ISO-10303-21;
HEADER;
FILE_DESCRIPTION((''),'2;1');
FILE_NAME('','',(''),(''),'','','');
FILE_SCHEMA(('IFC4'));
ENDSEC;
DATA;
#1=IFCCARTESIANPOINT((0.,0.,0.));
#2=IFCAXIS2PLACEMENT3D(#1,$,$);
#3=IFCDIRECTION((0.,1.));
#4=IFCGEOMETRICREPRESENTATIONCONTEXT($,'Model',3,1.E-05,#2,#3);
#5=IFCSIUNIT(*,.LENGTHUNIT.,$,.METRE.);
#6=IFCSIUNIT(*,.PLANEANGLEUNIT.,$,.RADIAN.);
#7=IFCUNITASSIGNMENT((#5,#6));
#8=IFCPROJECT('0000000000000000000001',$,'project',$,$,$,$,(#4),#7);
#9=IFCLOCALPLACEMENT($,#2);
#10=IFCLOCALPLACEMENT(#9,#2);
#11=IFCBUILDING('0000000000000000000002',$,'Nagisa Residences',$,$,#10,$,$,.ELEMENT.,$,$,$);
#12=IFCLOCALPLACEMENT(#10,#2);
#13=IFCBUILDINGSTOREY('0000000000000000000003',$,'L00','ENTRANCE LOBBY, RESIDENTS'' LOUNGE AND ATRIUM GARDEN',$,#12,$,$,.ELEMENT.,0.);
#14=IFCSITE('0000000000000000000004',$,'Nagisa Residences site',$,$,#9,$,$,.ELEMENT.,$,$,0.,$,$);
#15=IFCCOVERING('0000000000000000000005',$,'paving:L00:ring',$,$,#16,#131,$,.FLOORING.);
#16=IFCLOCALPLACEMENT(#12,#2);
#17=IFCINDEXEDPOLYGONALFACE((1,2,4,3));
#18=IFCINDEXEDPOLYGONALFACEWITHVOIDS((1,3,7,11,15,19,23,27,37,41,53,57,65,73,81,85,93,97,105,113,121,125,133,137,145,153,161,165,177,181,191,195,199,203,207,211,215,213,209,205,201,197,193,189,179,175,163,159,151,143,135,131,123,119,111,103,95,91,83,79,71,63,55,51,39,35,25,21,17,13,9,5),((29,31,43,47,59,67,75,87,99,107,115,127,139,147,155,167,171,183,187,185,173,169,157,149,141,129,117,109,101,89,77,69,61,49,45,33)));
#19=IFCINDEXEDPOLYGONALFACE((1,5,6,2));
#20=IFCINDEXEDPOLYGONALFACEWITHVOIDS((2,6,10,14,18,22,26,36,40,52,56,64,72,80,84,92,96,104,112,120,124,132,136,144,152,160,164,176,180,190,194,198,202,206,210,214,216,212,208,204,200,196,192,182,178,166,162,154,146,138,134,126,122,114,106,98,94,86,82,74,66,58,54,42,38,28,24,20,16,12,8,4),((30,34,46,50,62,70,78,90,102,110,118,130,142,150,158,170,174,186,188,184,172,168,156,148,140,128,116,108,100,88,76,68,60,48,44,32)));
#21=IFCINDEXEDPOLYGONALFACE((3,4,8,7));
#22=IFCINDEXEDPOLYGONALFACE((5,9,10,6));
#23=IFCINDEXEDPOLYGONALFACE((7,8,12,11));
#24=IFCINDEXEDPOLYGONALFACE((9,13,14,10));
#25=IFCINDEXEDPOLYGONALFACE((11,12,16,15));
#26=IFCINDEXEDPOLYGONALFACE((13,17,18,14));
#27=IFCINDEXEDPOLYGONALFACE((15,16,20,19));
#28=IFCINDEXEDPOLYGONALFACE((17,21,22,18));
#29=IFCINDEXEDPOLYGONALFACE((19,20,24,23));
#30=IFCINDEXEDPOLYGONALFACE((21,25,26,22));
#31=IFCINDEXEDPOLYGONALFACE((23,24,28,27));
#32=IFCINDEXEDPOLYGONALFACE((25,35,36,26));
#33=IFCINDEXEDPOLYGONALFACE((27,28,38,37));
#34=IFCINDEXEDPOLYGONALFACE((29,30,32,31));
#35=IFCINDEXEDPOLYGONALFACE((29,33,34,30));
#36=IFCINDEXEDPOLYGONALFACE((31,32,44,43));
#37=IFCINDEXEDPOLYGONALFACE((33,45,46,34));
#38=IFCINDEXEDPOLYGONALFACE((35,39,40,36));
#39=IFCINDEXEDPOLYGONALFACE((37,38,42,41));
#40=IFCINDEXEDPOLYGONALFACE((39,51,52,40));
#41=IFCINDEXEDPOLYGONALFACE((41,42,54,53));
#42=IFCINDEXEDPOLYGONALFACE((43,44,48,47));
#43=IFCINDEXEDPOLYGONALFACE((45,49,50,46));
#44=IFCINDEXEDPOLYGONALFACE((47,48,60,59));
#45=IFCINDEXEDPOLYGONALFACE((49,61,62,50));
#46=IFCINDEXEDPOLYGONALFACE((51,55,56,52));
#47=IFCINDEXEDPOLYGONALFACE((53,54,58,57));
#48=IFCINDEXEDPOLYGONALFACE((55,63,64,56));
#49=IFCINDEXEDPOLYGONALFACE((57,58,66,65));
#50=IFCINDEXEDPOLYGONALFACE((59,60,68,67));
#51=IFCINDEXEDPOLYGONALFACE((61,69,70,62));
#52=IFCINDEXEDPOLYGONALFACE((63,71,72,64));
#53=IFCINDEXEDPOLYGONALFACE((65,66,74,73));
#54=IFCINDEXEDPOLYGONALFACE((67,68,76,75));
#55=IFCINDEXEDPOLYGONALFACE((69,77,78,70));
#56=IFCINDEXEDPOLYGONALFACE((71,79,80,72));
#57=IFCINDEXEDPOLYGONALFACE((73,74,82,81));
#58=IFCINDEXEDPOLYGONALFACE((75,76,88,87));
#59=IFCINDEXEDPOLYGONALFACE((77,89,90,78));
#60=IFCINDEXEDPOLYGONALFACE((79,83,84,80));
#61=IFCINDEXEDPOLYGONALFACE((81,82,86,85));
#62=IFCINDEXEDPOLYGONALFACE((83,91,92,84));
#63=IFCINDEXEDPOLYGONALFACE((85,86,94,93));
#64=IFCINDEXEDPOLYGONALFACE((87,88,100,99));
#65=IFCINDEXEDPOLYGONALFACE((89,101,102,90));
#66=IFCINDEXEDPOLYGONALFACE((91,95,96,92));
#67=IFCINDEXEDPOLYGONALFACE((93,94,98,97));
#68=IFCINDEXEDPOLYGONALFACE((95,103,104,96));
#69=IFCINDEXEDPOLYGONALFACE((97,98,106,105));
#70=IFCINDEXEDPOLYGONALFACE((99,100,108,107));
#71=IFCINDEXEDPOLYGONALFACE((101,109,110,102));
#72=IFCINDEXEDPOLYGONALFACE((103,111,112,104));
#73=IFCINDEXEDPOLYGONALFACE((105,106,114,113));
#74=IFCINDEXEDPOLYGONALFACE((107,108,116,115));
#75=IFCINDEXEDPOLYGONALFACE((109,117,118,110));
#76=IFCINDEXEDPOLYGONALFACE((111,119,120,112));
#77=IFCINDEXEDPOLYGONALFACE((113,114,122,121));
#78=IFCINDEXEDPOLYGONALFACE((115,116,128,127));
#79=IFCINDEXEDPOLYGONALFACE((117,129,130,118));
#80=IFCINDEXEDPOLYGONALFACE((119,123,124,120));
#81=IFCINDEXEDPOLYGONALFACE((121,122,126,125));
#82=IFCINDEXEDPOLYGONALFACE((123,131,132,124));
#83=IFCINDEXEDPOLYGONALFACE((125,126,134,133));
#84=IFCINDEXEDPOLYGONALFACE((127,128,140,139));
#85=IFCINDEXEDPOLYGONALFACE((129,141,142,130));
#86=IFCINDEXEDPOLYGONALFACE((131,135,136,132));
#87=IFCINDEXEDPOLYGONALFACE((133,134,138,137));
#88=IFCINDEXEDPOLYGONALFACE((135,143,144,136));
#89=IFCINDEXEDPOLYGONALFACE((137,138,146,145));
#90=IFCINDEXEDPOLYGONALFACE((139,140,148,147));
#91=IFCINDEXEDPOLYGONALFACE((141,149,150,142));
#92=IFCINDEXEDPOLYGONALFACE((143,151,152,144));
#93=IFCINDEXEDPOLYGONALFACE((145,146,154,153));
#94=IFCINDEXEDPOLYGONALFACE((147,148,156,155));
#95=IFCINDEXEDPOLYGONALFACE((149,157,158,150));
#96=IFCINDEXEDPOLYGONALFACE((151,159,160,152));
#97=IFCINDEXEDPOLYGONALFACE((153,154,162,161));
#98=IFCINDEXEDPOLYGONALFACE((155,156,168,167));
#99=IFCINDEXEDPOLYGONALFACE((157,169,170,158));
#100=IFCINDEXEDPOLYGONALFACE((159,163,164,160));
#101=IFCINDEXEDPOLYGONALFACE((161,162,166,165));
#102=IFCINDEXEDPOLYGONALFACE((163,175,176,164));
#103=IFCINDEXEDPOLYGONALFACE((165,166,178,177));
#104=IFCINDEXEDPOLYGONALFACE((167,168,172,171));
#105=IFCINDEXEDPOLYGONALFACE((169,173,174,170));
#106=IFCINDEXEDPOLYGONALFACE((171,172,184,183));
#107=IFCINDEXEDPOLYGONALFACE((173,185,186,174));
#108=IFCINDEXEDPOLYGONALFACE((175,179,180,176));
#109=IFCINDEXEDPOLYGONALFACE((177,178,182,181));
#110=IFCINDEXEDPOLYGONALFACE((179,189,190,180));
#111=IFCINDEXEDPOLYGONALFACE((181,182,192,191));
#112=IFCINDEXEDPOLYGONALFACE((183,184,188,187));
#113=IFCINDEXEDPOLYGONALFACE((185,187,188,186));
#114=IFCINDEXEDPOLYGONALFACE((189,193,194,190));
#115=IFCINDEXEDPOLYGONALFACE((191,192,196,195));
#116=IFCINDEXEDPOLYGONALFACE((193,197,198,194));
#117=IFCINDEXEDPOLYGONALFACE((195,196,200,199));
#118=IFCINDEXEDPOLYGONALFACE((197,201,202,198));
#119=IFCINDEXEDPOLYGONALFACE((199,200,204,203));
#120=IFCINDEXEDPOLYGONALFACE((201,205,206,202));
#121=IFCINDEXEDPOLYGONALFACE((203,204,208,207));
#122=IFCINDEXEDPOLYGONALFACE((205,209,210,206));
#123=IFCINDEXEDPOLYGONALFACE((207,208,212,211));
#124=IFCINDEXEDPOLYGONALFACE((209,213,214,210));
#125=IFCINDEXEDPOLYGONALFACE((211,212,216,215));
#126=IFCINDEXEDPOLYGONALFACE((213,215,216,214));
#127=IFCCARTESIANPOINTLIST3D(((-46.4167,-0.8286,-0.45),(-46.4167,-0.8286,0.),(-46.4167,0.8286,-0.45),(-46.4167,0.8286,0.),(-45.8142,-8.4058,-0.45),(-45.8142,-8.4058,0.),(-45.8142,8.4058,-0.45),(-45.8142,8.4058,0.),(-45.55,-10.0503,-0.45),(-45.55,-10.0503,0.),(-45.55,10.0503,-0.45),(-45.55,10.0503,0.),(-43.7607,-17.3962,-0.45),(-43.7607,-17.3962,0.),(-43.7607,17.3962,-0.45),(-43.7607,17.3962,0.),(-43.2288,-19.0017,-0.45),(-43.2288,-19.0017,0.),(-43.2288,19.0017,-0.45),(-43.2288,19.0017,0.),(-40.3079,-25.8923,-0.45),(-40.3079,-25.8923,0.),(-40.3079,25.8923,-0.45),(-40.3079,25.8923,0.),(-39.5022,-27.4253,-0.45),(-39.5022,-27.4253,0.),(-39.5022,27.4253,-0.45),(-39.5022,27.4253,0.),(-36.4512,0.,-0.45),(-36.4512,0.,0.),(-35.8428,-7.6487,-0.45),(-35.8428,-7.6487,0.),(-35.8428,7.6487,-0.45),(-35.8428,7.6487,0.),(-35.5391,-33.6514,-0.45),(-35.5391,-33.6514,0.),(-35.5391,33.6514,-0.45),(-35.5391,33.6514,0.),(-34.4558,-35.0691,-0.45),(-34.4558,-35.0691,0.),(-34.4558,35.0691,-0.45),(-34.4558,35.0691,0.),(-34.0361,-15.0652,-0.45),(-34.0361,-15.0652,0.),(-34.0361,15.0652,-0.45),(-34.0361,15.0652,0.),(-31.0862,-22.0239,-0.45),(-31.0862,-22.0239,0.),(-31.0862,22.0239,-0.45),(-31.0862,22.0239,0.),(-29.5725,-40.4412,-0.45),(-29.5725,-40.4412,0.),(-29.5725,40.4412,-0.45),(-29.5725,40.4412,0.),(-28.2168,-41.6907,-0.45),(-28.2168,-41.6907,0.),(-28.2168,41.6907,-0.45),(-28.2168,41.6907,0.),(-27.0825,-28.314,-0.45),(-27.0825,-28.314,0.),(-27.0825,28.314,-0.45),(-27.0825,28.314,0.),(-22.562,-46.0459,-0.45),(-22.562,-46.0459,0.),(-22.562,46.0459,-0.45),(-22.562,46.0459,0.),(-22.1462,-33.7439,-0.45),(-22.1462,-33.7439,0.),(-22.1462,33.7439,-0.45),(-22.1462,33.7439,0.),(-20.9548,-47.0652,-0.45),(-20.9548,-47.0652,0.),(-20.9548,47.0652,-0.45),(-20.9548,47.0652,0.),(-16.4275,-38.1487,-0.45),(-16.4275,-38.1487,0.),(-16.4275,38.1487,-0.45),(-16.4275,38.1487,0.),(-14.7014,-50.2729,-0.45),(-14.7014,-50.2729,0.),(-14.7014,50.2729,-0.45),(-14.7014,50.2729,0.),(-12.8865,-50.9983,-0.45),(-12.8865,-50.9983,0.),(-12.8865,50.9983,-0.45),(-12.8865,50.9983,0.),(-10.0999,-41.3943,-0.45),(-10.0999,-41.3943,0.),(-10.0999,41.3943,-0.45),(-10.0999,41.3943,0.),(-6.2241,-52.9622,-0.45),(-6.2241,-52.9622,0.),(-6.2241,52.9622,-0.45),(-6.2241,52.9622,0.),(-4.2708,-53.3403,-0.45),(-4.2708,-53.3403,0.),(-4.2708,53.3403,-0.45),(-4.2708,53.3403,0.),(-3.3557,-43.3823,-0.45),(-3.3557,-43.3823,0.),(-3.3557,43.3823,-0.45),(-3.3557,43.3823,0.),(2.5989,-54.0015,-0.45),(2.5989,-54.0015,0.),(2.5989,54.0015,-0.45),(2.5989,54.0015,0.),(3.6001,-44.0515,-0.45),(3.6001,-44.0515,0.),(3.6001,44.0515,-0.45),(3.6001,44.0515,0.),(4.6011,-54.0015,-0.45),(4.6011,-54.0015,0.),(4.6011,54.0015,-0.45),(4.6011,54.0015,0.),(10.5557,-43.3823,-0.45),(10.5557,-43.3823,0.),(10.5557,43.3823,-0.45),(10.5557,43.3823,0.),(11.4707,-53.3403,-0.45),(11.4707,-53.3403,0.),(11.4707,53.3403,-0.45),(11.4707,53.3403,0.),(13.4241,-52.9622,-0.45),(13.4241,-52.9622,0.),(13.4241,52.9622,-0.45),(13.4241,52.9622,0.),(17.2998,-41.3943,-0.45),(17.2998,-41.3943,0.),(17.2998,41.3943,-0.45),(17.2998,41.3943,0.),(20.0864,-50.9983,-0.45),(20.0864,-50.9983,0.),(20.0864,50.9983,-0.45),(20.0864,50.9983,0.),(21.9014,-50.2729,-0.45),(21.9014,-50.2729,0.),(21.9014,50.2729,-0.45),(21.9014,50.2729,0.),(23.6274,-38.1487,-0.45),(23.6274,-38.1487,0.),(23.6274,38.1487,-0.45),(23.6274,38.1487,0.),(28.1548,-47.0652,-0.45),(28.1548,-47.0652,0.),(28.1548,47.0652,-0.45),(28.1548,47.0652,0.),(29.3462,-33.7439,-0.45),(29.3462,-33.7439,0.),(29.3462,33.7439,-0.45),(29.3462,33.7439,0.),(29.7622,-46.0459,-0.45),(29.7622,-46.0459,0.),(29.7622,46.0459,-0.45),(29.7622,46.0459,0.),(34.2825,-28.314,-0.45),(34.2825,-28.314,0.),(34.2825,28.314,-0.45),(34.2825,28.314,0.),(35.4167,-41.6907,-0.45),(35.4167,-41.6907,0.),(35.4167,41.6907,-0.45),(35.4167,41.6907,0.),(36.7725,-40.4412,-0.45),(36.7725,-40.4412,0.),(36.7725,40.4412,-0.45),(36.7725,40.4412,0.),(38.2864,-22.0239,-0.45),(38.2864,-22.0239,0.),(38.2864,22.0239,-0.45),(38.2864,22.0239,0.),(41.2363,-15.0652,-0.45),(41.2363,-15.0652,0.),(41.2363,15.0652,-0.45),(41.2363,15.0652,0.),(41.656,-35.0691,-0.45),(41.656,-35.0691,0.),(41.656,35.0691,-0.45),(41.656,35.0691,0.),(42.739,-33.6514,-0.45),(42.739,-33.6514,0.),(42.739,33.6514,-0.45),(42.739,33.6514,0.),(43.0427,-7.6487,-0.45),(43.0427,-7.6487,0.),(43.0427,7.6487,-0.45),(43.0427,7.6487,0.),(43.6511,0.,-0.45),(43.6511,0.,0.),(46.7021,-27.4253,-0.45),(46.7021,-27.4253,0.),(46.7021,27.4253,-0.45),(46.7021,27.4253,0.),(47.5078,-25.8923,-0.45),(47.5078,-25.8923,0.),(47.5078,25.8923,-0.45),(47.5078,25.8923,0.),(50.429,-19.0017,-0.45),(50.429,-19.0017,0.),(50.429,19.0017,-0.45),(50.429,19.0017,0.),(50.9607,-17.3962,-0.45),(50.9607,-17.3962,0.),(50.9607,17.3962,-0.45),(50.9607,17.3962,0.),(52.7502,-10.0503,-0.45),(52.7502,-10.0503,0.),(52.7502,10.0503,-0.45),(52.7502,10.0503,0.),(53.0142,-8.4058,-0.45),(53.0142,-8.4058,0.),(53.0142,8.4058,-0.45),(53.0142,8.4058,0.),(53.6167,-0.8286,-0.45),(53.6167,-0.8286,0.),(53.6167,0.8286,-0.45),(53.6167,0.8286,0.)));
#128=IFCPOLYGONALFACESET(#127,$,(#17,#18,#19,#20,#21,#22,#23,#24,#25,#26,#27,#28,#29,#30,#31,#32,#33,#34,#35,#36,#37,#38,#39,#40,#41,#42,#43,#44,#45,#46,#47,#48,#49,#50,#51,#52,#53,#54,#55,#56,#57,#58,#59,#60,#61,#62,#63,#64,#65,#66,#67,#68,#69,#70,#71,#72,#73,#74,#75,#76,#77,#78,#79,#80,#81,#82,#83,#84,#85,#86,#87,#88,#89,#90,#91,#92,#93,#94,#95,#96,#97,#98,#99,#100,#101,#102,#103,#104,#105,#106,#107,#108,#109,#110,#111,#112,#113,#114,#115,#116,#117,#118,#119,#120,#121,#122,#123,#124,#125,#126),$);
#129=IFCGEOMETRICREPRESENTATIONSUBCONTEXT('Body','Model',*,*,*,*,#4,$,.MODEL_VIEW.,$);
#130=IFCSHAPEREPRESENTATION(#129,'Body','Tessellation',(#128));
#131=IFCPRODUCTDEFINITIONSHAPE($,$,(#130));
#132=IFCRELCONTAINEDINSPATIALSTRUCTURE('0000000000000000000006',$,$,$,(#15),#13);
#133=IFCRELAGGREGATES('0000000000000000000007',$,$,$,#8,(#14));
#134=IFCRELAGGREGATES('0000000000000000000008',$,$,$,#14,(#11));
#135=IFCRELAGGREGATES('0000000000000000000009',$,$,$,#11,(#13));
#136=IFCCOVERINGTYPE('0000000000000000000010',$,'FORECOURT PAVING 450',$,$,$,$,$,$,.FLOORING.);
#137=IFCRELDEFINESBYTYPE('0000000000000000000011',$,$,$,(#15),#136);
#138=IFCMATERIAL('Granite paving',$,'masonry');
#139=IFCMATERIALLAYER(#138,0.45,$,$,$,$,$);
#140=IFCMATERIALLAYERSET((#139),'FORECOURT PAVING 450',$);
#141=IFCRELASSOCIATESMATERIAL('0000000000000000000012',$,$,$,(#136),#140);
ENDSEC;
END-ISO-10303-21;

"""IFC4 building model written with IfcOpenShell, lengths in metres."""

from ifc_helpers import new_model, si_unit, direction, frame, origin, place, context, subcontext, project, spatial, polyline, outline, extrude, material, layer, layer_set, type_object, element, save


model = new_model("IFC4")

# Units and contexts
model_context = context("Model", 3, precision=1e-05, world=origin(), true_north=direction((0.0, 1.0)))
body_context = subcontext(model_context, "Body", "Model", "MODEL_VIEW")
ifc_project = project(units=[si_unit("LENGTHUNIT", "METRE"), si_unit("PLANEANGLEUNIT", "RADIAN")], contexts=[model_context])

# Site, building, storey
site_placement = place(None, origin())
site = spatial("IfcSite", under=ifc_project, at=site_placement, Name="Nagisa Residences site", CompositionType="ELEMENT", RefElevation=0.0)
building_placement = place(site_placement, origin())
building = spatial("IfcBuilding", under=site, at=building_placement, Name="Nagisa Residences", CompositionType="ELEMENT")
storey_placement = place(building_placement, origin())
storey = spatial("IfcBuildingStorey", under=building, at=storey_placement, Name="L00", Description="ENTRANCE LOBBY, RESIDENTS' LOUNGE AND ATRIUM GARDEN", CompositionType="ELEMENT", Elevation=0.0)

# Covering
ifc_material_1 = material(Name="Granite paving", Category="masonry")
ifc_layer_1 = layer(ifc_material_1, 0.45)
ifc_layer_set_1 = layer_set([ifc_layer_1], Name="FORECOURT PAVING 450")
covering_type = type_object("IfcCoveringType", Name="FORECOURT PAVING 450", PredefinedType="FLOORING", material=ifc_layer_set_1)
covering_placement = place(storey_placement, frame((0.0, 0.0, -0.45)))
element("IfcCovering", 1, at=covering_placement, inside=storey, type_object=covering_type, Name="paving:L00:ring", PredefinedType="FLOORING", context=body_context, shape_type="SweptSolid", body=[
    extrude(outline(polyline([(53.6167, -0.8286), (53.0142, -8.4058), (52.7502, -10.0503), (50.9607, -17.3962), (50.429, -19.0017), (47.5078, -25.8923), (46.7021, -27.4253), (42.739, -33.6514), (41.656, -35.0691), (36.7725, -40.4412), (35.4167, -41.6907), (29.7622, -46.0459), (28.1548, -47.0652), (21.9014, -50.2729), (20.0864, -50.9983), (13.4241, -52.9622), (11.4707, -53.3403), (4.6011, -54.0015), (2.5989, -54.0015), (-4.2708, -53.3403), (-6.2241, -52.9622), (-12.8865, -50.9983), (-14.7014, -50.2729), (-20.9548, -47.0652), (-22.562, -46.0459), (-28.2168, -41.6907), (-29.5725, -40.4412), (-34.4558, -35.0691), (-35.5391, -33.6514), (-39.5022, -27.4253), (-40.3079, -25.8923), (-43.2288, -19.0017), (-43.7607, -17.3962), (-45.55, -10.0503), (-45.8142, -8.4058), (-46.4167, -0.8286), (-46.4167, 0.8286), (-45.8142, 8.4058), (-45.55, 10.0503), (-43.7607, 17.3962), (-43.2288, 19.0017), (-40.3079, 25.8923), (-39.5022, 27.4253), (-35.5391, 33.6514), (-34.4558, 35.0691), (-29.5725, 40.4412), (-28.2168, 41.6907), (-22.562, 46.0459), (-20.9548, 47.0652), (-14.7014, 50.2729), (-12.8865, 50.9983), (-6.2241, 52.9622), (-4.2708, 53.3403), (2.5989, 54.0015), (4.6011, 54.0015), (11.4707, 53.3403), (13.4241, 52.9622), (20.0864, 50.9983), (21.9014, 50.2729), (28.1548, 47.0652), (29.7622, 46.0459), (35.4167, 41.6907), (36.7725, 40.4412), (41.656, 35.0691), (42.739, 33.6514), (46.7021, 27.4253), (47.5078, 25.8923), (50.429, 19.0017), (50.9607, 17.3962), (52.7502, 10.0503), (53.0142, 8.4058), (53.6167, 0.8286), (53.6167, -0.8286)]), holes=[polyline([(43.0427, 7.6487), (41.2363, 15.0652), (38.2864, 22.0239), (34.2825, 28.314), (29.3462, 33.7439), (23.6274, 38.1487), (17.2998, 41.3943), (10.5557, 43.3823), (3.6001, 44.0515), (-3.3557, 43.3823), (-10.0999, 41.3943), (-16.4275, 38.1487), (-22.1462, 33.7439), (-27.0825, 28.314), (-31.0862, 22.0239), (-34.0361, 15.0652), (-35.8428, 7.6487), (-36.4512, 0.0), (-35.8428, -7.6487), (-34.0361, -15.0652), (-31.0862, -22.0239), (-27.0825, -28.314), (-22.1462, -33.7439), (-16.4275, -38.1487), (-10.0999, -41.3943), (-3.3557, -43.3823), (3.6001, -44.0515), (10.5557, -43.3823), (17.2998, -41.3943), (23.6274, -38.1487), (29.3462, -33.7439), (34.2825, -28.314), (38.2864, -22.0239), (41.2363, -15.0652), (43.0427, -7.6487), (43.6511, 0.0), (43.0427, 7.6487)])]), origin(), (0.0, 0.0, 1.0), 0.45),
])

save(model, "model.ifc")
